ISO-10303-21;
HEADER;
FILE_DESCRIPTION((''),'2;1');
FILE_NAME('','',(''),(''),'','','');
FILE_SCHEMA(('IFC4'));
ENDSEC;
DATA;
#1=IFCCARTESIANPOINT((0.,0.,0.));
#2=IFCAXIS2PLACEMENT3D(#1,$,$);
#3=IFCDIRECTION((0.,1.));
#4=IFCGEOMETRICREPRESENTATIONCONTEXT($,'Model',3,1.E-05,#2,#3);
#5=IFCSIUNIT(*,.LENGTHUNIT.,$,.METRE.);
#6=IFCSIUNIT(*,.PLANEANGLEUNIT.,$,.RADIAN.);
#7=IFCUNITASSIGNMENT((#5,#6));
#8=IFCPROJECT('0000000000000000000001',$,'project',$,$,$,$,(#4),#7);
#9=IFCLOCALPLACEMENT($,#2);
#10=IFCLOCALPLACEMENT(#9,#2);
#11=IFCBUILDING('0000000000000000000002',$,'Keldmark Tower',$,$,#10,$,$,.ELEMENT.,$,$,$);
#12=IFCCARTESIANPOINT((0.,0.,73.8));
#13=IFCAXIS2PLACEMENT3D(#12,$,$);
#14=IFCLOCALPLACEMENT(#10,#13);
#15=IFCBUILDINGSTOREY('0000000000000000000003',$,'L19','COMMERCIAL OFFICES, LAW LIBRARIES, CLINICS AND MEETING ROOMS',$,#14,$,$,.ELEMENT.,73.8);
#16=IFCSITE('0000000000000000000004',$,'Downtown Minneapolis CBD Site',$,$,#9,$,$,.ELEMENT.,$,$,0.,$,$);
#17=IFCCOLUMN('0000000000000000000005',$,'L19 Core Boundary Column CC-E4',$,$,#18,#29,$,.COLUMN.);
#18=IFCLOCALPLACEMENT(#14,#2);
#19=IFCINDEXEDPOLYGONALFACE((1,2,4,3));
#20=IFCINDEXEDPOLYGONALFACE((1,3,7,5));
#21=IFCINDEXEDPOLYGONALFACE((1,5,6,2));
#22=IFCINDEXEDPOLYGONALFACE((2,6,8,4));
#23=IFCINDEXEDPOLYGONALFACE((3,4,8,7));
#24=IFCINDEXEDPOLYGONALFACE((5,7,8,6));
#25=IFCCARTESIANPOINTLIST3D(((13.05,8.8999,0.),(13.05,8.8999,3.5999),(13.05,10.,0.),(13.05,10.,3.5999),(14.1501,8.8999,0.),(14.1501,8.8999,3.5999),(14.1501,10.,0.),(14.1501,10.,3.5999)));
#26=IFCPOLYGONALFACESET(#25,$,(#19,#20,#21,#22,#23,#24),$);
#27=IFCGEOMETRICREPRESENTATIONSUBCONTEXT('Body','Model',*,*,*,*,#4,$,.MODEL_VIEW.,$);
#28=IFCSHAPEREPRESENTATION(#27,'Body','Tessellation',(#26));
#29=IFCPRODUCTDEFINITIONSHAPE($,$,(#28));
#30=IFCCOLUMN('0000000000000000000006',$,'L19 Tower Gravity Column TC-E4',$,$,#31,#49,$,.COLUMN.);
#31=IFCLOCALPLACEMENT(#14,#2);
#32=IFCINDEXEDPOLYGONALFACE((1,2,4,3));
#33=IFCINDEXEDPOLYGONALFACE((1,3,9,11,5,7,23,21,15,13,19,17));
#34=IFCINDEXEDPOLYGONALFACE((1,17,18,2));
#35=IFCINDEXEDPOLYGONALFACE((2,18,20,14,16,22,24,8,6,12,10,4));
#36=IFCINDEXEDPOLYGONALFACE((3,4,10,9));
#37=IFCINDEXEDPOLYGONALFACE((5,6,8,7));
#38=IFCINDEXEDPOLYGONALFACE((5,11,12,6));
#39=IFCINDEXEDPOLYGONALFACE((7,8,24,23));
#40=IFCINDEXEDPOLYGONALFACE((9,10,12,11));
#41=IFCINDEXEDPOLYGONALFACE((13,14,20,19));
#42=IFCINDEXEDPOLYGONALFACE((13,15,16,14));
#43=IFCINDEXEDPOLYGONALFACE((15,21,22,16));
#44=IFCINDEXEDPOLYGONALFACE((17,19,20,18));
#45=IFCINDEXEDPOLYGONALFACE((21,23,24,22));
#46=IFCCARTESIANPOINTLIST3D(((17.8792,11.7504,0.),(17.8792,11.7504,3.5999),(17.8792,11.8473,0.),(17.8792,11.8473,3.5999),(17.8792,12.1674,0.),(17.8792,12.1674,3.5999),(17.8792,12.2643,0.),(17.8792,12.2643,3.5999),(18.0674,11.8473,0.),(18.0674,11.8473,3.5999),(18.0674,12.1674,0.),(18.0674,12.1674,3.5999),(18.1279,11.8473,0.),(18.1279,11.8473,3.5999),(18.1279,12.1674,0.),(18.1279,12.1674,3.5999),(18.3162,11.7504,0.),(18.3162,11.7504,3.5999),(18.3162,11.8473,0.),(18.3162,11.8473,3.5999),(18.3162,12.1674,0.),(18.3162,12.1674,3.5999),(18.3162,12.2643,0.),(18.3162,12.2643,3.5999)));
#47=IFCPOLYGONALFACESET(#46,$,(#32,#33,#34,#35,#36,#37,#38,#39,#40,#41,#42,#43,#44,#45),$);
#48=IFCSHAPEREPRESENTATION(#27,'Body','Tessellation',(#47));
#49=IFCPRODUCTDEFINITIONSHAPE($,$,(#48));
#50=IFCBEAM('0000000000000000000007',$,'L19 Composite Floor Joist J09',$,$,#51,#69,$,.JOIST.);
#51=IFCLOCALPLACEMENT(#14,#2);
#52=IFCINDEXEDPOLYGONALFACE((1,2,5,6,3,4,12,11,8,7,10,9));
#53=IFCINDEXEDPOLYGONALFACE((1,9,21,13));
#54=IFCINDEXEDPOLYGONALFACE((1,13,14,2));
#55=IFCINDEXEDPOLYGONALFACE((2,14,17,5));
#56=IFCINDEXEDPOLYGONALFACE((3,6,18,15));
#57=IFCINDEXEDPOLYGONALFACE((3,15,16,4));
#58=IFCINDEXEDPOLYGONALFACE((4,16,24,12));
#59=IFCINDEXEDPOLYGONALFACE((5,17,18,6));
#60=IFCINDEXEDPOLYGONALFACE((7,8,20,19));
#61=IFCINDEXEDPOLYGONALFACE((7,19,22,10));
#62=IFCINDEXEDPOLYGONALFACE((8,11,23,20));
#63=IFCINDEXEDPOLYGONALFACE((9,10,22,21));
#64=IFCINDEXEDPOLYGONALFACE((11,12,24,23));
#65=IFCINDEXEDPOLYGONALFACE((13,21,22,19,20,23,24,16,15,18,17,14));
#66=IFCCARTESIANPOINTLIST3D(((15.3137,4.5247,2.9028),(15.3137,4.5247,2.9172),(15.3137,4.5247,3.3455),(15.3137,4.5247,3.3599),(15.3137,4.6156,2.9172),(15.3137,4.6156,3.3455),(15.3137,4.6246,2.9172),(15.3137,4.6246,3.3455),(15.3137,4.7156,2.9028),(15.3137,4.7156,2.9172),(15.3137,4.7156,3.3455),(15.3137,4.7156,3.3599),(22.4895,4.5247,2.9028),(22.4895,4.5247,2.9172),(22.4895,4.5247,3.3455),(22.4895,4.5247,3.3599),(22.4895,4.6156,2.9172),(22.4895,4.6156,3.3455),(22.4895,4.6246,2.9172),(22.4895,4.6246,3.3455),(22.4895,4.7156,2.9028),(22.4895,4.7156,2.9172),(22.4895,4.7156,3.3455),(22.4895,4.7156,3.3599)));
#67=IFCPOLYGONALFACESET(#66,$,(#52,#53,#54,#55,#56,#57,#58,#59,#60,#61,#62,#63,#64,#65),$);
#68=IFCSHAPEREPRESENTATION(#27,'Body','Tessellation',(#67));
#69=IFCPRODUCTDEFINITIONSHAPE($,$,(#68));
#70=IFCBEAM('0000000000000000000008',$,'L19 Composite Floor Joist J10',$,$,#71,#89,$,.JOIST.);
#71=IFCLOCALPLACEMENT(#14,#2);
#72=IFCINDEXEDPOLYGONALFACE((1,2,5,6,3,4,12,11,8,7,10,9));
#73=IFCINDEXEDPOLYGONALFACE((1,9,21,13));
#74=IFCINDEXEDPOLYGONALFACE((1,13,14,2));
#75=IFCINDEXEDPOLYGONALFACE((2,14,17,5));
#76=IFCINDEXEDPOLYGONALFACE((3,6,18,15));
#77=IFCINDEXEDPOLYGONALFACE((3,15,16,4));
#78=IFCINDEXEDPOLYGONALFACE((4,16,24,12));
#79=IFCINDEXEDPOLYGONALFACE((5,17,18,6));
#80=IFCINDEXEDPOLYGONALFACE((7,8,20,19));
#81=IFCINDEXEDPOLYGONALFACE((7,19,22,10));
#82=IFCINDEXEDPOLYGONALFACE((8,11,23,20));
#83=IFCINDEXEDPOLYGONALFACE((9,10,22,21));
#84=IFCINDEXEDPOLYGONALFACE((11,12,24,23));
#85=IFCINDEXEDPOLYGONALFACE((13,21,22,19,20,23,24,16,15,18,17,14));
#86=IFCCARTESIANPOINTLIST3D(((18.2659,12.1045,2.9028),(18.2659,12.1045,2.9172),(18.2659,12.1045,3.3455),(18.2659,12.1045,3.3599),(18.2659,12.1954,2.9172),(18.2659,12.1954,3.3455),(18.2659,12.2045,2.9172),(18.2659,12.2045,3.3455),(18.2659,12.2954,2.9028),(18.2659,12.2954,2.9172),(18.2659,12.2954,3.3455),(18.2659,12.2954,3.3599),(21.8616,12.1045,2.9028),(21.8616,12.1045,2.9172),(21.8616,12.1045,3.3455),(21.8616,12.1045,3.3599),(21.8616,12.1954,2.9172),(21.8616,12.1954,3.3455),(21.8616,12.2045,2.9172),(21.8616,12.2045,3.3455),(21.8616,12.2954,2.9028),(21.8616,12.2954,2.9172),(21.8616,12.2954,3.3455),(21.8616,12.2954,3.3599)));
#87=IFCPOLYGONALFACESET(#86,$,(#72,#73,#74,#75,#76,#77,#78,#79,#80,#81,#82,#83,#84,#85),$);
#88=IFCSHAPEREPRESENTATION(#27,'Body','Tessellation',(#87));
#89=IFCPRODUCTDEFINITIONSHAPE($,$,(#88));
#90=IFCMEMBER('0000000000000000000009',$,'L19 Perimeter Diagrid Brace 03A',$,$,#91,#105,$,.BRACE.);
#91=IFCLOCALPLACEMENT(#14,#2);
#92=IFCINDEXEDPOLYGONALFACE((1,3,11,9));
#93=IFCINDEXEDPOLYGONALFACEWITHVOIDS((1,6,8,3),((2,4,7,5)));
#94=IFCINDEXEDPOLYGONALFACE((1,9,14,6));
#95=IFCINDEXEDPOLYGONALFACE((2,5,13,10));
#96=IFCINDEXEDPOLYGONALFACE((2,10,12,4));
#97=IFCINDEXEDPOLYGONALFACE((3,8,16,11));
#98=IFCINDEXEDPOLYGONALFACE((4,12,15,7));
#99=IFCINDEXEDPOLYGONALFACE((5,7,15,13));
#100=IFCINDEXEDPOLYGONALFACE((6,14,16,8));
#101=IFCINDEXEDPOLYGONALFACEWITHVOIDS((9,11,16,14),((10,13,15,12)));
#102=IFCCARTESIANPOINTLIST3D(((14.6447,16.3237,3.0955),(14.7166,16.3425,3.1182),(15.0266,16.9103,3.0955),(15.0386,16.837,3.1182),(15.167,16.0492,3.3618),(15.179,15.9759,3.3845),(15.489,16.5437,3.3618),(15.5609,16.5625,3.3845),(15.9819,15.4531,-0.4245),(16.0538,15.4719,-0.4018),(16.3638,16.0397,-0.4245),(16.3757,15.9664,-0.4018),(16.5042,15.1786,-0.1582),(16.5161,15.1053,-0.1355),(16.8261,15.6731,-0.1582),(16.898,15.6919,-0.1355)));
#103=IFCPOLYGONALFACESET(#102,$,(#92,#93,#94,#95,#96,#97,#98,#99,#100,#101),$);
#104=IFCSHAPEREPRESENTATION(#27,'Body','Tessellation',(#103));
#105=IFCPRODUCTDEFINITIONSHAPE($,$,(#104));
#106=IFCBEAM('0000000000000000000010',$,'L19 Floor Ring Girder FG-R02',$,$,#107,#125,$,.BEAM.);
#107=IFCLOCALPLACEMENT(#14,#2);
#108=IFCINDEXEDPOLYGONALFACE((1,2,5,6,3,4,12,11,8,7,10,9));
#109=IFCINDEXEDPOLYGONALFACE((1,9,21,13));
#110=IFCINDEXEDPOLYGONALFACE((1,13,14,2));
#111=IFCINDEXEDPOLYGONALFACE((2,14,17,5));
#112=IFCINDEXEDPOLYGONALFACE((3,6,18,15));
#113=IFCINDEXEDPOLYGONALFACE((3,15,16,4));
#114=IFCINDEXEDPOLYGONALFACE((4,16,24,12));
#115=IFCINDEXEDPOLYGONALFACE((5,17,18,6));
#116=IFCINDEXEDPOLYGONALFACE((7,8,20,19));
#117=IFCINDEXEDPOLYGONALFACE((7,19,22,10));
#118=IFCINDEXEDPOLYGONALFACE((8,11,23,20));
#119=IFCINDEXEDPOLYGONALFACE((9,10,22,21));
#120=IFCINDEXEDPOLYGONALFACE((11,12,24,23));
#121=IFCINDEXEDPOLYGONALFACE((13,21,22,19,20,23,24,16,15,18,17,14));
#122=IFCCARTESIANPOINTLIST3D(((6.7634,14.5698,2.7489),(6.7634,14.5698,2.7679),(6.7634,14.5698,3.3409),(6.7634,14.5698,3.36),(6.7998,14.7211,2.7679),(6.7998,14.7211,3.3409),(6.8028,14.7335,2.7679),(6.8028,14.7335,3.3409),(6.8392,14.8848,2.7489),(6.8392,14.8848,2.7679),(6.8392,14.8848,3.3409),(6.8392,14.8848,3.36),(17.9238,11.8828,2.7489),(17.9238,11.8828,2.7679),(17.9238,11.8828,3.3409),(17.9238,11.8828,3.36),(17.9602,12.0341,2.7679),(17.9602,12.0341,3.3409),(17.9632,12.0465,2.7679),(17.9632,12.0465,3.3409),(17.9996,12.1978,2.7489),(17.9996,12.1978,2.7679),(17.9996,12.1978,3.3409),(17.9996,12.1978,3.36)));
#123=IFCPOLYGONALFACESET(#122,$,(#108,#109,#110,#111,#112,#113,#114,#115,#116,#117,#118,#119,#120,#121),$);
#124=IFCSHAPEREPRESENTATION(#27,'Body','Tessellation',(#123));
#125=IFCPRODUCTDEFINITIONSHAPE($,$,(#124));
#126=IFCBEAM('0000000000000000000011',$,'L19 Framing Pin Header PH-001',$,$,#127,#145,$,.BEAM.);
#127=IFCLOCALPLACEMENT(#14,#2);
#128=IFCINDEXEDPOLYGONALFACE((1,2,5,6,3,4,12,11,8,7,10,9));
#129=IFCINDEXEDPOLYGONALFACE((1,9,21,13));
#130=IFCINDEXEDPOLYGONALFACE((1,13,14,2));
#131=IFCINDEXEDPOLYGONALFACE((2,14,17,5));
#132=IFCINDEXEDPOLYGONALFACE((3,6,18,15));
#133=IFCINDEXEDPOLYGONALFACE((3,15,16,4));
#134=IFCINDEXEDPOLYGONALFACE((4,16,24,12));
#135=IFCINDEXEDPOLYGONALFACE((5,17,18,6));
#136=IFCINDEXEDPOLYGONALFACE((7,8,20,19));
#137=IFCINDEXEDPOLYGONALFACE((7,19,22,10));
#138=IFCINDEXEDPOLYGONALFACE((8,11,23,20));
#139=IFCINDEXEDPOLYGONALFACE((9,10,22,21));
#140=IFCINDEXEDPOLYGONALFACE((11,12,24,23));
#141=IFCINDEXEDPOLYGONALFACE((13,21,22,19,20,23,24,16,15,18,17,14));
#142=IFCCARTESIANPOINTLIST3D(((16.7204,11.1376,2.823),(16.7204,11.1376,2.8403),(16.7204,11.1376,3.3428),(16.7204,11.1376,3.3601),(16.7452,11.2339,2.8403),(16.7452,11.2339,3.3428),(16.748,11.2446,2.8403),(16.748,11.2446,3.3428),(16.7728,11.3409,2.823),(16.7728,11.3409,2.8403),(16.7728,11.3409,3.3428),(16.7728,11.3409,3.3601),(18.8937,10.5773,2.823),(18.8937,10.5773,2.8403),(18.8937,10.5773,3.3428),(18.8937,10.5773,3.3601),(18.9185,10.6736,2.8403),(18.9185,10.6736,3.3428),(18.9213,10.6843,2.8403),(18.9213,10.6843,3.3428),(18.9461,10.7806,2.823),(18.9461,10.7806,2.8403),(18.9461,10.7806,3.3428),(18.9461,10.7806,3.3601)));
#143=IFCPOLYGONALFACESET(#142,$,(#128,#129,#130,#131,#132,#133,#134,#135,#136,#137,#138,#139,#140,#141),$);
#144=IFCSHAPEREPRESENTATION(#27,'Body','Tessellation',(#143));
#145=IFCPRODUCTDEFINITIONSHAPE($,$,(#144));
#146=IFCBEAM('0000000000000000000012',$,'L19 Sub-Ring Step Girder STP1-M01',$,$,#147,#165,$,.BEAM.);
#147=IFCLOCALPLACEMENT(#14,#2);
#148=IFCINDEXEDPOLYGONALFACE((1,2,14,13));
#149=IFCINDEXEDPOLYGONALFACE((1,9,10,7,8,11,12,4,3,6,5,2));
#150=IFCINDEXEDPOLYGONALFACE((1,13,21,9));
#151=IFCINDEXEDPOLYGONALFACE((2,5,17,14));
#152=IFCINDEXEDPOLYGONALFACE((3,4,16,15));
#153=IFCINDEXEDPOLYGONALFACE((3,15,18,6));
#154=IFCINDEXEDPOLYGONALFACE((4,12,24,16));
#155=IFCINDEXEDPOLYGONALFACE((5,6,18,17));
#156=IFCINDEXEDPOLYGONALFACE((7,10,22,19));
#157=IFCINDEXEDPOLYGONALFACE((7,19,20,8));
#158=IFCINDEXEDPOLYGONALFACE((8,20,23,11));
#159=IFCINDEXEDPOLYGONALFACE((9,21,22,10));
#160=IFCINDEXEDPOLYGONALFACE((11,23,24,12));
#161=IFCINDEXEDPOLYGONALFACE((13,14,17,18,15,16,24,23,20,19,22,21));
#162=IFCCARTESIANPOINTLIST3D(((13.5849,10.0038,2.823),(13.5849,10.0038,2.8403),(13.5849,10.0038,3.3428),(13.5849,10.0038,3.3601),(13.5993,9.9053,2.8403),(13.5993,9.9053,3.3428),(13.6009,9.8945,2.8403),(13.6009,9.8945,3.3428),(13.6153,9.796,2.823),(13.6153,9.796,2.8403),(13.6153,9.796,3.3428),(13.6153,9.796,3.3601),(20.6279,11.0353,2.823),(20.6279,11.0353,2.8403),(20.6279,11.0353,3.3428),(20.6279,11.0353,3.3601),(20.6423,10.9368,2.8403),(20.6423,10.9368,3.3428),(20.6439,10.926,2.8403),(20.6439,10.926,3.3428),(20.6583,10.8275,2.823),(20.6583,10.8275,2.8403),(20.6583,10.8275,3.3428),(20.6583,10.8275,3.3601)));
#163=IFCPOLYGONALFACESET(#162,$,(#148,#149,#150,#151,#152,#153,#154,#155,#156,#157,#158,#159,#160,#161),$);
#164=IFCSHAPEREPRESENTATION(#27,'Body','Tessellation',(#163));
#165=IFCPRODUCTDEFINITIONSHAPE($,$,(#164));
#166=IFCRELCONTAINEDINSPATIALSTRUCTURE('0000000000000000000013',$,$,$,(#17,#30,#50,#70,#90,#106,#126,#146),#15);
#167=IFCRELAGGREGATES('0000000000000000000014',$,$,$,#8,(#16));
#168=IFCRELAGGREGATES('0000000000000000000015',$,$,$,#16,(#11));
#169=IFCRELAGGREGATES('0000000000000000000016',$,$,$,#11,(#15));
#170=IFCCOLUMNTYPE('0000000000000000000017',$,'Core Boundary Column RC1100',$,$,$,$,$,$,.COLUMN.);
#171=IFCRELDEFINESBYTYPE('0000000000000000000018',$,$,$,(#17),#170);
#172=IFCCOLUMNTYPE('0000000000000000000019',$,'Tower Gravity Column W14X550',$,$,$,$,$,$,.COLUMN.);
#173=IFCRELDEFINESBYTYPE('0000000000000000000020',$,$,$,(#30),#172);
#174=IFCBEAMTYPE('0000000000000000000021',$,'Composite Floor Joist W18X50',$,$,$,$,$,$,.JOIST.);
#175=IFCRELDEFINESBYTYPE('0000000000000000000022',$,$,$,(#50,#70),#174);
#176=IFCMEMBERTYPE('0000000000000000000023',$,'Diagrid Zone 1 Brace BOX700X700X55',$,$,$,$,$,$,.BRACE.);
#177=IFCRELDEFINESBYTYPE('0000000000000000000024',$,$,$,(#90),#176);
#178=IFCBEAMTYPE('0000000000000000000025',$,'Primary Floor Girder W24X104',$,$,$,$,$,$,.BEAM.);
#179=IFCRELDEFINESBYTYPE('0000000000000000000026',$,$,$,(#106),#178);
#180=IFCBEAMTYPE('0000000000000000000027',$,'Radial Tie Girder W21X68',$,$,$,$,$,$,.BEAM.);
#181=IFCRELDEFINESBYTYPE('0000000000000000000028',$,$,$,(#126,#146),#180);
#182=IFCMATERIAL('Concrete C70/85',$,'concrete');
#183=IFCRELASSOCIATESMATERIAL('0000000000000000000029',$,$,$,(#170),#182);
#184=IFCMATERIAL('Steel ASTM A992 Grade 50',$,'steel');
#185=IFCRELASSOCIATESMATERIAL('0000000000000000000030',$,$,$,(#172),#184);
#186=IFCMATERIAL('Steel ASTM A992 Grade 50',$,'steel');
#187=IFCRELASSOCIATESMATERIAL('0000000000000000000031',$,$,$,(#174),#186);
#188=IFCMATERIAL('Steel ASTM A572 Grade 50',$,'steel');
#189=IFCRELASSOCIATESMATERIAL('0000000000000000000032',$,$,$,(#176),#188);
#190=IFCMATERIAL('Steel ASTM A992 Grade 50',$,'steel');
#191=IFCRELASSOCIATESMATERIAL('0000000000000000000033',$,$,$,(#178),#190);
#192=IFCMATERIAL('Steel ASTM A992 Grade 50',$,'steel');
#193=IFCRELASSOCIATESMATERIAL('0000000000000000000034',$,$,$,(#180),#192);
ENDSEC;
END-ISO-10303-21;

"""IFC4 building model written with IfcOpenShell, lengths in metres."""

from ifc_helpers import new_model, si_unit, direction, frame, origin, origin_2d, place, context, subcontext, project, spatial, rectangle, hollow_rectangle, i_section, extrude, material, material_profile, profile_set, type_object, element, save


model = new_model("IFC4")

# Units and contexts
model_context = context("Model", 3, precision=1e-05, world=origin(), true_north=direction((0.0, 1.0)))
body_context = subcontext(model_context, "Body", "Model", "MODEL_VIEW")
ifc_project = project(units=[si_unit("LENGTHUNIT", "METRE"), si_unit("PLANEANGLEUNIT", "RADIAN")], contexts=[model_context])

# Site, building, storey
site_placement = place(None, origin())
site = spatial("IfcSite", under=ifc_project, at=site_placement, Name="Downtown Minneapolis CBD Site", CompositionType="ELEMENT", RefElevation=0.0)
building_placement = place(site_placement, origin())
building = spatial("IfcBuilding", under=site, at=building_placement, Name="Keldmark Tower", CompositionType="ELEMENT")
storey_placement = place(building_placement, frame((0.0, 0.0, 73.8)))
storey = spatial("IfcBuildingStorey", under=building, at=storey_placement, Name="L19", Description="COMMERCIAL OFFICES, LAW LIBRARIES, CLINICS AND MEETING ROOMS", CompositionType="ELEMENT", Elevation=73.8)

# Columns
ifc_material_1 = material(Name="Concrete C70/85", Category="concrete")
ifc_material_profile_1 = material_profile(ifc_material_1, rectangle(XDim=1.1001, YDim=1.1001, at=origin_2d()), Name="RC1100X1100")
ifc_profile_set_1 = profile_set([ifc_material_profile_1], Name="Concrete C70/85")
column_type_1 = type_object("IfcColumnType", Name="Core Boundary Column RC1100", PredefinedType="COLUMN", material=ifc_profile_set_1)
column_1_placement = place(storey_placement, frame((13.6001, 9.45, 0.0), z_axis=(0.0, 0.0, 1.0), x_axis=(1.0, 0.0, 0.0)))
element("IfcColumn", 1, at=column_1_placement, inside=storey, type_object=column_type_1, Name="L19 Core Boundary Column CC-E4", PredefinedType="COLUMN", context=body_context, shape_type="SweptSolid", body=[
    extrude(rectangle(XDim=1.1001, YDim=1.1001, at=origin_2d()), origin(), (0.0, 0.0, 1.0), 3.5999),
])
ifc_material_2 = material(Name="Steel ASTM A992 Grade 50", Category="steel")
ifc_material_profile_2 = material_profile(ifc_material_2, i_section(OverallWidth=0.437, OverallDepth=0.5139, WebThickness=0.0605, FlangeThickness=0.0969, at=origin_2d()), Name="W14X550")
ifc_profile_set_2 = profile_set([ifc_material_profile_2], Name="Steel ASTM A992 Grade 50")
column_type_2 = type_object("IfcColumnType", Name="Tower Gravity Column W14X550", PredefinedType="COLUMN", material=ifc_profile_set_2)
column_2_placement = place(storey_placement, frame((18.0977, 12.0073, 0.0), z_axis=(0.0, 0.0, 1.0), x_axis=(1.0, 0.0, 0.0)))
element("IfcColumn", 2, at=column_2_placement, inside=storey, type_object=column_type_2, Name="L19 Tower Gravity Column TC-E4", PredefinedType="COLUMN", context=body_context, shape_type="SweptSolid", body=[
    extrude(i_section(OverallWidth=0.437, OverallDepth=0.5139, WebThickness=0.0605, FlangeThickness=0.0969, at=origin_2d()), origin(), (0.0, 0.0, 1.0), 3.5999),
])

# Beams
ifc_material_3 = material(Name="Steel ASTM A992 Grade 50", Category="steel")
ifc_material_profile_3 = material_profile(ifc_material_3, i_section(OverallWidth=0.1909, OverallDepth=0.457, WebThickness=0.009, FlangeThickness=0.0144, at=origin_2d()), Name="W18X50")
ifc_profile_set_3 = profile_set([ifc_material_profile_3], Name="Steel ASTM A992 Grade 50")
beam_type_1 = type_object("IfcBeamType", Name="Composite Floor Joist W18X50", PredefinedType="JOIST", material=ifc_profile_set_3)
beam_1_placement = place(storey_placement, frame((15.3137, 4.6201, 3.1313), z_axis=(1.0, 0.0, 0.0), x_axis=(0.0, 1.0, 0.0)))
element("IfcBeam", 3, at=beam_1_placement, inside=storey, type_object=beam_type_1, Name="L19 Composite Floor Joist J09", PredefinedType="JOIST", context=body_context, shape_type="SweptSolid", body=[
    extrude(i_section(OverallWidth=0.1909, OverallDepth=0.457, WebThickness=0.009, FlangeThickness=0.0144, at=origin_2d()), origin(), (0.0, 0.0, 1.0), 7.1758),
])
beam_2_placement = place(storey_placement, frame((18.2659, 12.2, 3.1313), z_axis=(1.0, 0.0, 0.0), x_axis=(0.0, 1.0, 0.0)))
element("IfcBeam", 4, at=beam_2_placement, inside=storey, type_object=beam_type_1, Name="L19 Composite Floor Joist J10", PredefinedType="JOIST", context=body_context, shape_type="SweptSolid", body=[
    extrude(i_section(OverallWidth=0.1909, OverallDepth=0.457, WebThickness=0.009, FlangeThickness=0.0144, at=origin_2d()), origin(), (0.0, 0.0, 1.0), 3.5957),
])

# Member
ifc_material_4 = material(Name="Steel ASTM A572 Grade 50", Category="steel")
ifc_material_profile_4 = material_profile(ifc_material_4, hollow_rectangle(XDim=0.7, YDim=0.7, WallThickness=0.0549, at=origin_2d()), Name="BOX700X700X55")
ifc_profile_set_4 = profile_set([ifc_material_profile_4], Name="Steel ASTM A572 Grade 50")
member_type = type_object("IfcMemberType", Name="Diagrid Zone 1 Brace BOX700X700X55", PredefinedType="BRACE", material=ifc_profile_set_4)
member_placement = place(storey_placement, frame((16.4399, 15.5725, -0.28), z_axis=(-0.345986, 0.225267, 0.910796), x_axis=(-0.545628, -0.838027, 0.0)))
element("IfcMember", 5, at=member_placement, inside=storey, type_object=member_type, Name="L19 Perimeter Diagrid Brace 03A", PredefinedType="BRACE", context=body_context, shape_type="SweptSolid", body=[
    extrude(hollow_rectangle(XDim=0.7, YDim=0.7, WallThickness=0.0549, at=origin_2d()), origin(), (0.0, 0.0, 1.0), 3.8647),
])

# Beams
ifc_material_5 = material(Name="Steel ASTM A992 Grade 50", Category="steel")
ifc_material_profile_5 = material_profile(ifc_material_5, i_section(OverallWidth=0.324, OverallDepth=0.6111, WebThickness=0.0127, FlangeThickness=0.019, at=origin_2d()), Name="W24X104")
ifc_profile_set_5 = profile_set([ifc_material_profile_5], Name="Steel ASTM A992 Grade 50")
beam_type_2 = type_object("IfcBeamType", Name="Primary Floor Girder W24X104", PredefinedType="BEAM", material=ifc_profile_set_5)
beam_3_placement = place(storey_placement, frame((17.9617, 12.0403, 3.0544), z_axis=(-0.972219, 0.234074, 0.0), x_axis=(-0.234074, -0.972219, 0.0)))
element("IfcBeam", 6, at=beam_3_placement, inside=storey, type_object=beam_type_2, Name="L19 Floor Ring Girder FG-R02", PredefinedType="BEAM", context=body_context, shape_type="SweptSolid", body=[
    extrude(i_section(OverallWidth=0.324, OverallDepth=0.6111, WebThickness=0.0127, FlangeThickness=0.019, at=origin_2d()), origin(), (0.0, 0.0, 1.0), 11.4792),
])
ifc_material_6 = material(Name="Steel ASTM A992 Grade 50", Category="steel")
ifc_material_profile_6 = material_profile(ifc_material_6, i_section(OverallWidth=0.21, OverallDepth=0.5371, WebThickness=0.011, FlangeThickness=0.0173, at=origin_2d()), Name="W21X68")
ifc_profile_set_6 = profile_set([ifc_material_profile_6], Name="Steel ASTM A992 Grade 50")
beam_type_3 = type_object("IfcBeamType", Name="Radial Tie Girder W21X68", PredefinedType="BEAM", material=ifc_profile_set_6)
beam_4_placement = place(storey_placement, frame((16.7466, 11.2393, 3.0916), z_axis=(0.968338, -0.249644, 0.0), x_axis=(0.249644, 0.968338, 0.0)))
element("IfcBeam", 7, at=beam_4_placement, inside=storey, type_object=beam_type_3, Name="L19 Framing Pin Header PH-001", PredefinedType="BEAM", context=body_context, shape_type="SweptSolid", body=[
    extrude(i_section(OverallWidth=0.21, OverallDepth=0.5371, WebThickness=0.011, FlangeThickness=0.0173, at=origin_2d()), origin(), (0.0, 0.0, 1.0), 2.2444),
])
beam_5_placement = place(storey_placement, frame((13.6001, 9.8999, 3.0916), z_axis=(0.989445, 0.144911, 0.0), x_axis=(-0.144911, 0.989445, 0.0)))
element("IfcBeam", 8, at=beam_5_placement, inside=storey, type_object=beam_type_3, Name="L19 Sub-Ring Step Girder STP1-M01", PredefinedType="BEAM", context=body_context, shape_type="SweptSolid", body=[
    extrude(i_section(OverallWidth=0.21, OverallDepth=0.5371, WebThickness=0.011, FlangeThickness=0.0173, at=origin_2d()), origin(), (0.0, 0.0, 1.0), 7.1182),
])

save(model, "model.ifc")
